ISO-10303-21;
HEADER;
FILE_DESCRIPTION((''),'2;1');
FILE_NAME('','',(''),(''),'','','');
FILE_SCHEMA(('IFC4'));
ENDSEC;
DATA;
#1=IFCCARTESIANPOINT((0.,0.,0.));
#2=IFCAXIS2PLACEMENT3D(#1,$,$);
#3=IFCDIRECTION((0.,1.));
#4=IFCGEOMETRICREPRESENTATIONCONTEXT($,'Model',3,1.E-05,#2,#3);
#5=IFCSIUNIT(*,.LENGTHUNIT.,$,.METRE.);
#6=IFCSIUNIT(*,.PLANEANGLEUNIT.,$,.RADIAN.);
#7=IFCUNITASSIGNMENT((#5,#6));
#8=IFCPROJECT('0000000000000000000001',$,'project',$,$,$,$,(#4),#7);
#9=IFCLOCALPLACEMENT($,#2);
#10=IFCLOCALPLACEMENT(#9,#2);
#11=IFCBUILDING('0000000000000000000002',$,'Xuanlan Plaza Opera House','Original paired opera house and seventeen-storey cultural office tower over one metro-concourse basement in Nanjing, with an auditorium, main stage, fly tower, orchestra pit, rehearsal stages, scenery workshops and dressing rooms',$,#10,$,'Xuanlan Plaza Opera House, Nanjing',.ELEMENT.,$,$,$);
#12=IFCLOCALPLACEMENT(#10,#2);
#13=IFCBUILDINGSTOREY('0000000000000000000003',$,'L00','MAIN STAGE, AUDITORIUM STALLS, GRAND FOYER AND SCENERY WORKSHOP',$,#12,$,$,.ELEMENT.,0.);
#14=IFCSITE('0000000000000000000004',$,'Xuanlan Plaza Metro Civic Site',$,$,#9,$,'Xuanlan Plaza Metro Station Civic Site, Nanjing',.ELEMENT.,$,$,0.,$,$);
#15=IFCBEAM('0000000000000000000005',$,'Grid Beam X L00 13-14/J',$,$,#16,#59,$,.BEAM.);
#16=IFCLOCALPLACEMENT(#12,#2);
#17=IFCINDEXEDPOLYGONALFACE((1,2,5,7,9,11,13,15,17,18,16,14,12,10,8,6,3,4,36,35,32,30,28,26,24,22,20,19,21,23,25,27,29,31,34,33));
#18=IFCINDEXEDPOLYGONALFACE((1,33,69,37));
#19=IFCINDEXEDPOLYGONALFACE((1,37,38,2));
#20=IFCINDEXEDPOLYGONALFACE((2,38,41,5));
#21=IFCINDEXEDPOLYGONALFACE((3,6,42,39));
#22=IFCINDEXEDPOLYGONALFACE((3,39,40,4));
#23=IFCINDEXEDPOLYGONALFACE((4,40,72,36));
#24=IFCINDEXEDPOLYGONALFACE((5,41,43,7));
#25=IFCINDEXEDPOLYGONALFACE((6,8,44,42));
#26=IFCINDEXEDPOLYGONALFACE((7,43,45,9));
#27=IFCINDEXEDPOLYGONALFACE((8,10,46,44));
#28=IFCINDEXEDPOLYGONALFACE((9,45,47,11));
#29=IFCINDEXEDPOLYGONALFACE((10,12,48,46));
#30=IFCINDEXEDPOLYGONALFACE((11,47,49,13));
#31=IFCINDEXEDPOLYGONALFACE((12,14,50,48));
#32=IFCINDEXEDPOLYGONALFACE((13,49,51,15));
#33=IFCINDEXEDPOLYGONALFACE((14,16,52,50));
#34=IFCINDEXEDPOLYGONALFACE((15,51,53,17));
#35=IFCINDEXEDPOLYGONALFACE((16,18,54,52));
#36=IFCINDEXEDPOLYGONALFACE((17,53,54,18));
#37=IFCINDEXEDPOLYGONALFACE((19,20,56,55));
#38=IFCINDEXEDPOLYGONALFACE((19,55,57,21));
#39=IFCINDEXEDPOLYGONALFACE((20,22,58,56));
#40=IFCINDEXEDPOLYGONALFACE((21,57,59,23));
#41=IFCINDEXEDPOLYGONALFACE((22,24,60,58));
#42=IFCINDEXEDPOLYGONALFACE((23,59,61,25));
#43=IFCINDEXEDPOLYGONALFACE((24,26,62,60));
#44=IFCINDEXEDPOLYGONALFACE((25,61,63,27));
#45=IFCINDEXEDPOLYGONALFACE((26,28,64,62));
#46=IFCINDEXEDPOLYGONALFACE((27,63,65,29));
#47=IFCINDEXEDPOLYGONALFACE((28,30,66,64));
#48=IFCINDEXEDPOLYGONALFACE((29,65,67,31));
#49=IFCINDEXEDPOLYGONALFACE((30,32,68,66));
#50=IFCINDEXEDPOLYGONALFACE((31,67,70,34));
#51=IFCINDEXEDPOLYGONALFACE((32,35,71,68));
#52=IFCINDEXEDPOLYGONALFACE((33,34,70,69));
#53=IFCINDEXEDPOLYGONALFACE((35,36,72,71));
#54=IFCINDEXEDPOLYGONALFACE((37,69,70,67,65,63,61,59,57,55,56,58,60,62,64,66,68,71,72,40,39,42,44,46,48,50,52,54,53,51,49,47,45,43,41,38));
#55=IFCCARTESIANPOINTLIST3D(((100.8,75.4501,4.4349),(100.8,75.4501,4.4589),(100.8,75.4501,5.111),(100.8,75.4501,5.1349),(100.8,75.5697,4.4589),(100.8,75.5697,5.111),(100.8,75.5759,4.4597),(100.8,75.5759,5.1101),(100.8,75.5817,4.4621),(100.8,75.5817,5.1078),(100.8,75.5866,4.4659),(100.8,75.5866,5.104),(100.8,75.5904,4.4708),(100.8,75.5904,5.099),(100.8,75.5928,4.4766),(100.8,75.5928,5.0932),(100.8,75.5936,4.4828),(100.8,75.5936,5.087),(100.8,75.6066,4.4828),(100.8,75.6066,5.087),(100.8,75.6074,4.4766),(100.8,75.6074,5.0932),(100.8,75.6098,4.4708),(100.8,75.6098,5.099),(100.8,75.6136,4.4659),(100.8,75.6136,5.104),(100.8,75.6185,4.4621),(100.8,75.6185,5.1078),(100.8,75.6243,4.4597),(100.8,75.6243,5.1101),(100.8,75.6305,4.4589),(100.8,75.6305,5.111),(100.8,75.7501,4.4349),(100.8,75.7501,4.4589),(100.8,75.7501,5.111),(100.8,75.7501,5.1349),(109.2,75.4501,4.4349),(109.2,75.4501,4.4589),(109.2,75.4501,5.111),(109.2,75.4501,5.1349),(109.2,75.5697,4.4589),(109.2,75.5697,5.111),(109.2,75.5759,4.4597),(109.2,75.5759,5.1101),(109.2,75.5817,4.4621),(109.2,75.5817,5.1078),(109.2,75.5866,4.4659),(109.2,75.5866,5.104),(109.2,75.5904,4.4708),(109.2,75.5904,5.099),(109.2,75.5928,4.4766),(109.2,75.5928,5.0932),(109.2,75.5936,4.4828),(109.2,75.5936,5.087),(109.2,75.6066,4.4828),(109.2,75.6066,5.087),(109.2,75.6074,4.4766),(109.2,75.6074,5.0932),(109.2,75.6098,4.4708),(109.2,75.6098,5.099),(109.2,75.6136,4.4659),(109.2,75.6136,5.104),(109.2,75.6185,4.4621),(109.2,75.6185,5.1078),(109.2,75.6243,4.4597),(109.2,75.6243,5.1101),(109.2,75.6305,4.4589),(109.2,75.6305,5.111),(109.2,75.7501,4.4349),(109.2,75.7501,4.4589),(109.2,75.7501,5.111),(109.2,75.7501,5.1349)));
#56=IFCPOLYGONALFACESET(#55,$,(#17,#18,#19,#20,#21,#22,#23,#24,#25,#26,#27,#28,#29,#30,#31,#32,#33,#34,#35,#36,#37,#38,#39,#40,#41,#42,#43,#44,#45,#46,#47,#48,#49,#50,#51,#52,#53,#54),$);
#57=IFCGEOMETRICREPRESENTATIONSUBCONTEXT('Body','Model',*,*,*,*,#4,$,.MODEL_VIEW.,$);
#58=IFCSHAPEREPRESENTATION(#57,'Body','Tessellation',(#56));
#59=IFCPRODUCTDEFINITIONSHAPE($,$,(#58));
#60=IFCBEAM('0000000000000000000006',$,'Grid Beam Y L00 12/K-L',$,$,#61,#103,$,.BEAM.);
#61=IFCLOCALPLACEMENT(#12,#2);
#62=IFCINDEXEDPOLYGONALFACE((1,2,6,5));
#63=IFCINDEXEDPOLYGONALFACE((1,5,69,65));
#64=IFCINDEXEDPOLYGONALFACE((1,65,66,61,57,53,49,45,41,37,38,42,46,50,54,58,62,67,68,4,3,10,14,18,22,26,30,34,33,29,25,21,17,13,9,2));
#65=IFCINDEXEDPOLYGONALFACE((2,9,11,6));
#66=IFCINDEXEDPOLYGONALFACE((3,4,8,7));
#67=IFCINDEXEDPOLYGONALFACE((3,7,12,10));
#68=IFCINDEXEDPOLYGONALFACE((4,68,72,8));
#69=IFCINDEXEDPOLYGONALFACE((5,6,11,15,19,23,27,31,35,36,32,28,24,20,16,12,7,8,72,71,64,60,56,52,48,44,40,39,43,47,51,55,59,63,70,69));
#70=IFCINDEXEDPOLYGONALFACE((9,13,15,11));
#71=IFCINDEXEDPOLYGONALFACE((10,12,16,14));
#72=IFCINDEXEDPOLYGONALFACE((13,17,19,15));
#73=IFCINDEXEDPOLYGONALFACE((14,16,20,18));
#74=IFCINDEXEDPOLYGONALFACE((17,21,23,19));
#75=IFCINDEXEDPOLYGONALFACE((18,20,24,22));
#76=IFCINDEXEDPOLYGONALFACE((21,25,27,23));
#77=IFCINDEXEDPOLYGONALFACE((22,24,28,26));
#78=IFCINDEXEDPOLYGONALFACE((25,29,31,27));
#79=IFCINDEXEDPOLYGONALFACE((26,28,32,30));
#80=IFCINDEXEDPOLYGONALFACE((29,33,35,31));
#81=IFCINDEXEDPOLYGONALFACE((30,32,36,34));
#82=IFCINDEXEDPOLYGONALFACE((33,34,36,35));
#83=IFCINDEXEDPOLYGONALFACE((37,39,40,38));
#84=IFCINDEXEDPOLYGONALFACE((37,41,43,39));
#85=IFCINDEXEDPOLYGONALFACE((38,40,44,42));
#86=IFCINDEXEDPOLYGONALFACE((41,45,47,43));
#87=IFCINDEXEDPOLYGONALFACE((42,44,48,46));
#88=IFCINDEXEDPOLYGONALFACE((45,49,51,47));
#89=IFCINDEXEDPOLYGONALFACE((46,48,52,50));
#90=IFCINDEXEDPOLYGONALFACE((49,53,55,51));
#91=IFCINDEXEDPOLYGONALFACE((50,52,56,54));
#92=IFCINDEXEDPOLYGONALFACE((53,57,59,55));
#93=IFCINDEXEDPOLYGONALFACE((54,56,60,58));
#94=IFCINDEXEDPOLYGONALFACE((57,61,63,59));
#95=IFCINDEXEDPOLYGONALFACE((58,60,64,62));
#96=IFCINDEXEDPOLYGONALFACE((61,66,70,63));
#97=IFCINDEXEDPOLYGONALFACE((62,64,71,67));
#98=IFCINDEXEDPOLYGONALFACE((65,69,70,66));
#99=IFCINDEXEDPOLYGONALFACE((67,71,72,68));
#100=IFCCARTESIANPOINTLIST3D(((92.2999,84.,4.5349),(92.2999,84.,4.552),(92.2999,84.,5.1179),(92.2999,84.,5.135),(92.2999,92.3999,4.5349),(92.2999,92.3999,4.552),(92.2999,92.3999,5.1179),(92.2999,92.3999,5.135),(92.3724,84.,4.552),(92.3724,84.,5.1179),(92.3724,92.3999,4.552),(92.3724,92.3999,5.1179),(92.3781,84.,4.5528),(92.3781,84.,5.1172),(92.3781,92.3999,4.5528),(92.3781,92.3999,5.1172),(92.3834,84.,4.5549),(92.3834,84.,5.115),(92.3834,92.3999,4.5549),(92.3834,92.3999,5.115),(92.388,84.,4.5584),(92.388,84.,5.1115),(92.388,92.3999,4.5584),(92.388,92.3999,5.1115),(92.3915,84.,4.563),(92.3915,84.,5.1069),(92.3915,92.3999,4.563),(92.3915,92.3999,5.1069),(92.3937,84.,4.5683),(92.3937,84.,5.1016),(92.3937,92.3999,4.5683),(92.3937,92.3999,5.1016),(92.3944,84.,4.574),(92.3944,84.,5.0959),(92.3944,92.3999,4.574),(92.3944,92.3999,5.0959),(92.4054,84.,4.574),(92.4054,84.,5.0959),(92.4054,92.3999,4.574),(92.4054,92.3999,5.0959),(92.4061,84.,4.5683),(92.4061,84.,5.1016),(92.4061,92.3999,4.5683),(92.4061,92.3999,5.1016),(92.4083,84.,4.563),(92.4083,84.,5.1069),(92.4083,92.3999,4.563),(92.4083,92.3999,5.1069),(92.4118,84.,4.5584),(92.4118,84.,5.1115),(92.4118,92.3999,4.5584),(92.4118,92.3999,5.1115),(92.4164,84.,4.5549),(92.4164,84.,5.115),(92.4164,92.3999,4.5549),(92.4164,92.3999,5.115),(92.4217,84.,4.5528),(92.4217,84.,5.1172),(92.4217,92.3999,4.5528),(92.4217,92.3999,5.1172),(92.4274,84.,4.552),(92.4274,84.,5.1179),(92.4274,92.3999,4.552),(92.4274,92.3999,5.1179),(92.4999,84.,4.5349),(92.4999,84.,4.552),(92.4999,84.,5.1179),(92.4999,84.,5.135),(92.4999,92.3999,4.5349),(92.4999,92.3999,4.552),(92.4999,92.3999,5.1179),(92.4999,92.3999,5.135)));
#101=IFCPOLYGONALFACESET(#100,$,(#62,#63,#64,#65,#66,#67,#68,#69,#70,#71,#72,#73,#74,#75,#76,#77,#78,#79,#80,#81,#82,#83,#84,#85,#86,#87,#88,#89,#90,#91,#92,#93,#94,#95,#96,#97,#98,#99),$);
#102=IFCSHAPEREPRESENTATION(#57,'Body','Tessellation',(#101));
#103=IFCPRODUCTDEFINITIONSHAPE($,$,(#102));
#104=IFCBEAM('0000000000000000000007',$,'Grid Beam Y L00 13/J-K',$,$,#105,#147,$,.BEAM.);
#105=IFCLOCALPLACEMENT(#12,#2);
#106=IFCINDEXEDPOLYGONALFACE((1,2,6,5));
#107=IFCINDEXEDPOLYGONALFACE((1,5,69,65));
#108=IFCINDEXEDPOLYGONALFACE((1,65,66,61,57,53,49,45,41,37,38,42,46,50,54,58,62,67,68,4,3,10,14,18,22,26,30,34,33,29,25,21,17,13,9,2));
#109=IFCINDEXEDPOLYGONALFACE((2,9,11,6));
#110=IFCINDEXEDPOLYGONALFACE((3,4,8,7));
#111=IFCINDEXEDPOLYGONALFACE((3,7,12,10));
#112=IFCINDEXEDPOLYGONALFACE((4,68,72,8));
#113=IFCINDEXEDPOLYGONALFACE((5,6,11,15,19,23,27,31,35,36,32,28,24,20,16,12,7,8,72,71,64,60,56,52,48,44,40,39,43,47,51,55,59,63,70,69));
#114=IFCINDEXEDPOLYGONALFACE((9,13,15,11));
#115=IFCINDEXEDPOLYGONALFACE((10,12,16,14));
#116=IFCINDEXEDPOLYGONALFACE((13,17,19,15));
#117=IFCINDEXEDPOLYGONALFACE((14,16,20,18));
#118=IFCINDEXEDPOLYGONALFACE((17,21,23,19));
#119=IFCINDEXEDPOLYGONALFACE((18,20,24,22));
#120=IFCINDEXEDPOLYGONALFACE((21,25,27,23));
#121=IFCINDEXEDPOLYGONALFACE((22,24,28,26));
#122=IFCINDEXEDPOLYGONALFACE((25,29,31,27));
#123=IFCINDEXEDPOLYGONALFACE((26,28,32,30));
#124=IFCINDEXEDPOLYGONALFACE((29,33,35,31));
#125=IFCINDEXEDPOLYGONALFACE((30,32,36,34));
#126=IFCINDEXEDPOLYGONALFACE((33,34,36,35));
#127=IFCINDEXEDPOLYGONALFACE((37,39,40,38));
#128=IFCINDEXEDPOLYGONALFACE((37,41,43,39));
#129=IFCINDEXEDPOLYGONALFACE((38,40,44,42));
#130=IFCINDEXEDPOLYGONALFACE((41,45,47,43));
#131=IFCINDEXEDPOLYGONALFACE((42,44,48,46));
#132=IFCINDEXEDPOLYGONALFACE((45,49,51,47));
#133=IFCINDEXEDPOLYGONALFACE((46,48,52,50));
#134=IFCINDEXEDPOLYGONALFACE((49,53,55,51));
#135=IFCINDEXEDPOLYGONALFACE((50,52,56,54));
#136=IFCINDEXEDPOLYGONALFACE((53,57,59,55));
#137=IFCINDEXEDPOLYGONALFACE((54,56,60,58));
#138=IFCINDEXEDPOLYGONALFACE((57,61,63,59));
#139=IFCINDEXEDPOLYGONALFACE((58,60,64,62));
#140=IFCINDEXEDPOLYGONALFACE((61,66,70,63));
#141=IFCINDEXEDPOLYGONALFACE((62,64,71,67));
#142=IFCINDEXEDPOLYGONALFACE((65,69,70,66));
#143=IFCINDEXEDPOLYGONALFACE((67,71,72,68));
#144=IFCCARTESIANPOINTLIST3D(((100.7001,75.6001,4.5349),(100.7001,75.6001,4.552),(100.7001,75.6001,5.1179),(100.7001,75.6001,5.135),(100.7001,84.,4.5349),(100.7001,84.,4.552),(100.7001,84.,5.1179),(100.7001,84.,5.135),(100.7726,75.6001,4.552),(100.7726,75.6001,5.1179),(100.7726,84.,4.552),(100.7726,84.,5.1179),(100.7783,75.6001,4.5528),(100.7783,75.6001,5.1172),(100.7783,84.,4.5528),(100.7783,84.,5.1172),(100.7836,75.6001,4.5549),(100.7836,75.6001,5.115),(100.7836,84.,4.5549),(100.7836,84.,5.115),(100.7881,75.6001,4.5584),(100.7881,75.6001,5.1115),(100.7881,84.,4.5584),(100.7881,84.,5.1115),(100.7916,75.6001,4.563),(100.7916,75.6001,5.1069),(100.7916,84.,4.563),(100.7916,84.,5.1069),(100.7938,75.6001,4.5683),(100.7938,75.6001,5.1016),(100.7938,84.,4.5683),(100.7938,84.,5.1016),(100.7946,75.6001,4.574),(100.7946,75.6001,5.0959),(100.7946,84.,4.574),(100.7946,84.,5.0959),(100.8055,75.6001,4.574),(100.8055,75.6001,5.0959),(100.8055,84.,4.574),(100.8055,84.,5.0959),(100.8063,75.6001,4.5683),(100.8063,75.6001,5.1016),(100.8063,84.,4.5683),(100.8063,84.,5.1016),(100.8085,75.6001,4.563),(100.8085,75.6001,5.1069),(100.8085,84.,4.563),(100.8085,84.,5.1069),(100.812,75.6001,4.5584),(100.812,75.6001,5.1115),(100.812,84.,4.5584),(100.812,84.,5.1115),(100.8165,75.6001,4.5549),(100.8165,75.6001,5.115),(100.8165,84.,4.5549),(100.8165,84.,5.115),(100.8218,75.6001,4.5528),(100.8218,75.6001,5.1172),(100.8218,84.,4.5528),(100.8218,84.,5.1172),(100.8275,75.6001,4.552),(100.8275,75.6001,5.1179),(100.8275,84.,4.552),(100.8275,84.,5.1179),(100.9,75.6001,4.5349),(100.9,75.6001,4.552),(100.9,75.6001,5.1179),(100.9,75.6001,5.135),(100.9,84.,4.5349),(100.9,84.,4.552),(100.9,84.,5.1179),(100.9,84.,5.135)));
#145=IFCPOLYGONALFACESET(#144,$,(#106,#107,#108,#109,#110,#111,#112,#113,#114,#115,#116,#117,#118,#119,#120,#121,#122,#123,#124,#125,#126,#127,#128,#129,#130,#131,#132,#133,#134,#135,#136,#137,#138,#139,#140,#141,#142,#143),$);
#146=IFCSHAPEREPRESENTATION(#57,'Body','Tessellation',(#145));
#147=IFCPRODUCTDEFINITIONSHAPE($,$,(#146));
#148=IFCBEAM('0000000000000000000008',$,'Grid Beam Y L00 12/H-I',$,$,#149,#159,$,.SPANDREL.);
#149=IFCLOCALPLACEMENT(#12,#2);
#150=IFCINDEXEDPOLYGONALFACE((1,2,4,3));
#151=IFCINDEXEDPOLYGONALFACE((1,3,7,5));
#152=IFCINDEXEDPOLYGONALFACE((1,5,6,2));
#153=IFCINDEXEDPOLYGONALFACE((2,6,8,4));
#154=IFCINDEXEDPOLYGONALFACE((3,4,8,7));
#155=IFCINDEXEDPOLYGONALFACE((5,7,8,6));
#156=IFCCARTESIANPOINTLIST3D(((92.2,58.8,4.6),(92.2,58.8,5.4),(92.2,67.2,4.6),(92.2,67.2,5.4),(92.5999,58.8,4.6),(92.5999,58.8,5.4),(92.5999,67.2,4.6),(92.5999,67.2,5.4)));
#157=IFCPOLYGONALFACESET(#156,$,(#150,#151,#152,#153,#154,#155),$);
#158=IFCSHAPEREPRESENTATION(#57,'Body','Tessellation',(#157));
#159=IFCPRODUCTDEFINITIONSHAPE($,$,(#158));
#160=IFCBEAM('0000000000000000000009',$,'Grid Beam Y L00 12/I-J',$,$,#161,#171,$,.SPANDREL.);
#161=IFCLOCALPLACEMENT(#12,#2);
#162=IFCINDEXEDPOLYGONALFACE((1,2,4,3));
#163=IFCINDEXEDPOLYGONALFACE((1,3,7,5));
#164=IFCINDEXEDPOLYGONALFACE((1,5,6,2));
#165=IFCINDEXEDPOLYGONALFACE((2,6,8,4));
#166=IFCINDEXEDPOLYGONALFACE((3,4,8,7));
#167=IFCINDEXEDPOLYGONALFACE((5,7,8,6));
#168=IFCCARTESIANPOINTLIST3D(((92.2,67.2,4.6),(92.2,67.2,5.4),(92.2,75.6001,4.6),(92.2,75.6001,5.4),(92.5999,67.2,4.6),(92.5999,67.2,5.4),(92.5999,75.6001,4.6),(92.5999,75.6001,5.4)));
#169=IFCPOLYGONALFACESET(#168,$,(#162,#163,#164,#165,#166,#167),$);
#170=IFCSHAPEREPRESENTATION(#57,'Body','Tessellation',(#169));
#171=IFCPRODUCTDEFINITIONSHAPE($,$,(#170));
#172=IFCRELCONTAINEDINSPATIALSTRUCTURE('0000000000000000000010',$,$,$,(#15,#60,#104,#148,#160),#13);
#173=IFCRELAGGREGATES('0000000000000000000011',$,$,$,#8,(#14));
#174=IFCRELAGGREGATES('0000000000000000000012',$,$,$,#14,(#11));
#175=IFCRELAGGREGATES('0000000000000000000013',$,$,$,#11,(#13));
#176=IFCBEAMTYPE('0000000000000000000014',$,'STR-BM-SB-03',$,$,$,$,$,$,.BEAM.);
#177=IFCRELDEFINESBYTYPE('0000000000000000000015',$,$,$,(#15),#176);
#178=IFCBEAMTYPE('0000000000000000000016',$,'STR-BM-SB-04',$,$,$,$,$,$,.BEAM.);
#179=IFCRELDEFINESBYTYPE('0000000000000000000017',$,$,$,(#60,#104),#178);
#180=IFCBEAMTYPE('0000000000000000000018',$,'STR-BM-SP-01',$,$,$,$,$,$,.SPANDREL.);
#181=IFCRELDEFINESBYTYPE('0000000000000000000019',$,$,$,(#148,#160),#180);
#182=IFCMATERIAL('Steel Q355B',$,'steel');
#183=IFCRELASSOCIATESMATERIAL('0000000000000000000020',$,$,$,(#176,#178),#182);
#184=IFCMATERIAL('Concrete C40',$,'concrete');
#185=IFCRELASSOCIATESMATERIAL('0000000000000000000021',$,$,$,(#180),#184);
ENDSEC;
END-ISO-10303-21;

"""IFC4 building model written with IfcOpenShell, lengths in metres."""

from ifc_helpers import new_model, si_unit, direction, frame, origin, origin_2d, place, context, subcontext, project, spatial, rectangle, i_section, extrude, material, material_profile, profile_set, type_object, element, save


model = new_model("IFC4")

# Units and contexts
model_context = context("Model", 3, precision=1e-05, world=origin(), true_north=direction((0.0, 1.0)))
body_context = subcontext(model_context, "Body", "Model", "MODEL_VIEW")
ifc_project = project(units=[si_unit("LENGTHUNIT", "METRE"), si_unit("PLANEANGLEUNIT", "RADIAN")], contexts=[model_context])

# Site, building, storey
site_placement = place(None, origin())
site = spatial("IfcSite", under=ifc_project, at=site_placement, Name="Xuanlan Plaza Metro Civic Site", LongName="Xuanlan Plaza Metro Station Civic Site, Nanjing", CompositionType="ELEMENT", RefElevation=0.0)
building_placement = place(site_placement, origin())
building = spatial("IfcBuilding", under=site, at=building_placement, Name="Xuanlan Plaza Opera House", Description="Original paired opera house and seventeen-storey cultural office tower over one metro-concourse basement in Nanjing, with an auditorium, main stage, fly tower, orchestra pit, rehearsal stages, scenery workshops and dressing rooms", LongName="Xuanlan Plaza Opera House, Nanjing", CompositionType="ELEMENT")
storey_placement = place(building_placement, origin())
storey = spatial("IfcBuildingStorey", under=building, at=storey_placement, Name="L00", Description="MAIN STAGE, AUDITORIUM STALLS, GRAND FOYER AND SCENERY WORKSHOP", CompositionType="ELEMENT", Elevation=0.0)

# Beams
ifc_material_1 = material(Name="Concrete C40", Category="concrete")
ifc_material_2 = material(Name="Steel Q355B", Category="steel")
ifc_material_profile_1 = material_profile(ifc_material_2, i_section(OverallWidth=0.3, OverallDepth=0.7, WebThickness=0.0129, FlangeThickness=0.0239, FilletRadius=0.0239, at=origin_2d()), Name="HN 700x300x13x24")
ifc_profile_set_1 = profile_set([ifc_material_profile_1], Name="Steel Q355B")
beam_type_1 = type_object("IfcBeamType", Name="STR-BM-SB-03", PredefinedType="BEAM", material=ifc_profile_set_1)
beam_1_placement = place(storey_placement, frame((100.8, 75.6001, 4.7849), z_axis=(1.0, 0.0, 0.0), x_axis=(0.0, 1.0, 0.0)))
element("IfcBeam", 1, at=beam_1_placement, inside=storey, type_object=beam_type_1, Name="Grid Beam X L00 13-14/J", PredefinedType="BEAM", context=body_context, shape_type="SweptSolid", body=[
    extrude(i_section(OverallWidth=0.3, OverallDepth=0.7, WebThickness=0.0129, FlangeThickness=0.0239, FilletRadius=0.0239, at=origin_2d()), origin(), (0.0, 0.0, 1.0), 8.3999),
])
ifc_material_profile_2 = material_profile(ifc_material_2, i_section(OverallWidth=0.2, OverallDepth=0.6001, WebThickness=0.011, FlangeThickness=0.0171, FilletRadius=0.022, at=origin_2d()), Name="HN 600x200x11x17")
ifc_profile_set_2 = profile_set([ifc_material_profile_2], Name="Steel Q355B")
beam_type_2 = type_object("IfcBeamType", Name="STR-BM-SB-04", PredefinedType="BEAM", material=ifc_profile_set_2)
for number, where, z_axis, x_axis, name in (
    (2, (92.3999, 84.0, 4.835), (0.0, 1.0, 0.0), (-1.0, 0.0, 0.0), "Grid Beam Y L00 12/K-L"),
    (3, (100.8, 75.6001, 4.835), (0.0, 1.0, 0.0), (-1.0, 0.0, 0.0), "Grid Beam Y L00 13/J-K"),
):
    element("IfcBeam", number, at=place(storey_placement, frame(where, z_axis=z_axis, x_axis=x_axis)), inside=storey, type_object=beam_type_2, Name=name, PredefinedType="BEAM", context=body_context, shape_type="SweptSolid", body=[
        extrude(i_section(OverallWidth=0.2, OverallDepth=0.6001, WebThickness=0.011, FlangeThickness=0.0171, FilletRadius=0.022, at=origin_2d()), origin(), (0.0, 0.0, 1.0), 8.3999),
    ])
ifc_material_profile_3 = material_profile(ifc_material_1, rectangle(XDim=0.3999, YDim=0.8, at=origin_2d()), Name="RC-SPD 400x800")
ifc_profile_set_3 = profile_set([ifc_material_profile_3], Name="Concrete C40")
beam_type_3 = type_object("IfcBeamType", Name="STR-BM-SP-01", PredefinedType="SPANDREL", material=ifc_profile_set_3)
beam_2_placement = place(storey_placement, frame((92.3999, 58.8, 5.0), z_axis=(0.0, 1.0, 0.0), x_axis=(-1.0, 0.0, 0.0)))
element("IfcBeam", 4, at=beam_2_placement, inside=storey, type_object=beam_type_3, Name="Grid Beam Y L00 12/H-I", PredefinedType="SPANDREL", context=body_context, shape_type="SweptSolid", body=[
    extrude(rectangle(XDim=0.3999, YDim=0.8, at=origin_2d()), origin(), (0.0, 0.0, 1.0), 8.3999),
])
beam_3_placement = place(storey_placement, frame((92.3999, 67.2, 5.0), z_axis=(0.0, 1.0, 0.0), x_axis=(-1.0, 0.0, 0.0)))
element("IfcBeam", 5, at=beam_3_placement, inside=storey, type_object=beam_type_3, Name="Grid Beam Y L00 12/I-J", PredefinedType="SPANDREL", context=body_context, shape_type="SweptSolid", body=[
    extrude(rectangle(XDim=0.3999, YDim=0.8, at=origin_2d()), origin(), (0.0, 0.0, 1.0), 8.4001),
])

save(model, "model.ifc")
